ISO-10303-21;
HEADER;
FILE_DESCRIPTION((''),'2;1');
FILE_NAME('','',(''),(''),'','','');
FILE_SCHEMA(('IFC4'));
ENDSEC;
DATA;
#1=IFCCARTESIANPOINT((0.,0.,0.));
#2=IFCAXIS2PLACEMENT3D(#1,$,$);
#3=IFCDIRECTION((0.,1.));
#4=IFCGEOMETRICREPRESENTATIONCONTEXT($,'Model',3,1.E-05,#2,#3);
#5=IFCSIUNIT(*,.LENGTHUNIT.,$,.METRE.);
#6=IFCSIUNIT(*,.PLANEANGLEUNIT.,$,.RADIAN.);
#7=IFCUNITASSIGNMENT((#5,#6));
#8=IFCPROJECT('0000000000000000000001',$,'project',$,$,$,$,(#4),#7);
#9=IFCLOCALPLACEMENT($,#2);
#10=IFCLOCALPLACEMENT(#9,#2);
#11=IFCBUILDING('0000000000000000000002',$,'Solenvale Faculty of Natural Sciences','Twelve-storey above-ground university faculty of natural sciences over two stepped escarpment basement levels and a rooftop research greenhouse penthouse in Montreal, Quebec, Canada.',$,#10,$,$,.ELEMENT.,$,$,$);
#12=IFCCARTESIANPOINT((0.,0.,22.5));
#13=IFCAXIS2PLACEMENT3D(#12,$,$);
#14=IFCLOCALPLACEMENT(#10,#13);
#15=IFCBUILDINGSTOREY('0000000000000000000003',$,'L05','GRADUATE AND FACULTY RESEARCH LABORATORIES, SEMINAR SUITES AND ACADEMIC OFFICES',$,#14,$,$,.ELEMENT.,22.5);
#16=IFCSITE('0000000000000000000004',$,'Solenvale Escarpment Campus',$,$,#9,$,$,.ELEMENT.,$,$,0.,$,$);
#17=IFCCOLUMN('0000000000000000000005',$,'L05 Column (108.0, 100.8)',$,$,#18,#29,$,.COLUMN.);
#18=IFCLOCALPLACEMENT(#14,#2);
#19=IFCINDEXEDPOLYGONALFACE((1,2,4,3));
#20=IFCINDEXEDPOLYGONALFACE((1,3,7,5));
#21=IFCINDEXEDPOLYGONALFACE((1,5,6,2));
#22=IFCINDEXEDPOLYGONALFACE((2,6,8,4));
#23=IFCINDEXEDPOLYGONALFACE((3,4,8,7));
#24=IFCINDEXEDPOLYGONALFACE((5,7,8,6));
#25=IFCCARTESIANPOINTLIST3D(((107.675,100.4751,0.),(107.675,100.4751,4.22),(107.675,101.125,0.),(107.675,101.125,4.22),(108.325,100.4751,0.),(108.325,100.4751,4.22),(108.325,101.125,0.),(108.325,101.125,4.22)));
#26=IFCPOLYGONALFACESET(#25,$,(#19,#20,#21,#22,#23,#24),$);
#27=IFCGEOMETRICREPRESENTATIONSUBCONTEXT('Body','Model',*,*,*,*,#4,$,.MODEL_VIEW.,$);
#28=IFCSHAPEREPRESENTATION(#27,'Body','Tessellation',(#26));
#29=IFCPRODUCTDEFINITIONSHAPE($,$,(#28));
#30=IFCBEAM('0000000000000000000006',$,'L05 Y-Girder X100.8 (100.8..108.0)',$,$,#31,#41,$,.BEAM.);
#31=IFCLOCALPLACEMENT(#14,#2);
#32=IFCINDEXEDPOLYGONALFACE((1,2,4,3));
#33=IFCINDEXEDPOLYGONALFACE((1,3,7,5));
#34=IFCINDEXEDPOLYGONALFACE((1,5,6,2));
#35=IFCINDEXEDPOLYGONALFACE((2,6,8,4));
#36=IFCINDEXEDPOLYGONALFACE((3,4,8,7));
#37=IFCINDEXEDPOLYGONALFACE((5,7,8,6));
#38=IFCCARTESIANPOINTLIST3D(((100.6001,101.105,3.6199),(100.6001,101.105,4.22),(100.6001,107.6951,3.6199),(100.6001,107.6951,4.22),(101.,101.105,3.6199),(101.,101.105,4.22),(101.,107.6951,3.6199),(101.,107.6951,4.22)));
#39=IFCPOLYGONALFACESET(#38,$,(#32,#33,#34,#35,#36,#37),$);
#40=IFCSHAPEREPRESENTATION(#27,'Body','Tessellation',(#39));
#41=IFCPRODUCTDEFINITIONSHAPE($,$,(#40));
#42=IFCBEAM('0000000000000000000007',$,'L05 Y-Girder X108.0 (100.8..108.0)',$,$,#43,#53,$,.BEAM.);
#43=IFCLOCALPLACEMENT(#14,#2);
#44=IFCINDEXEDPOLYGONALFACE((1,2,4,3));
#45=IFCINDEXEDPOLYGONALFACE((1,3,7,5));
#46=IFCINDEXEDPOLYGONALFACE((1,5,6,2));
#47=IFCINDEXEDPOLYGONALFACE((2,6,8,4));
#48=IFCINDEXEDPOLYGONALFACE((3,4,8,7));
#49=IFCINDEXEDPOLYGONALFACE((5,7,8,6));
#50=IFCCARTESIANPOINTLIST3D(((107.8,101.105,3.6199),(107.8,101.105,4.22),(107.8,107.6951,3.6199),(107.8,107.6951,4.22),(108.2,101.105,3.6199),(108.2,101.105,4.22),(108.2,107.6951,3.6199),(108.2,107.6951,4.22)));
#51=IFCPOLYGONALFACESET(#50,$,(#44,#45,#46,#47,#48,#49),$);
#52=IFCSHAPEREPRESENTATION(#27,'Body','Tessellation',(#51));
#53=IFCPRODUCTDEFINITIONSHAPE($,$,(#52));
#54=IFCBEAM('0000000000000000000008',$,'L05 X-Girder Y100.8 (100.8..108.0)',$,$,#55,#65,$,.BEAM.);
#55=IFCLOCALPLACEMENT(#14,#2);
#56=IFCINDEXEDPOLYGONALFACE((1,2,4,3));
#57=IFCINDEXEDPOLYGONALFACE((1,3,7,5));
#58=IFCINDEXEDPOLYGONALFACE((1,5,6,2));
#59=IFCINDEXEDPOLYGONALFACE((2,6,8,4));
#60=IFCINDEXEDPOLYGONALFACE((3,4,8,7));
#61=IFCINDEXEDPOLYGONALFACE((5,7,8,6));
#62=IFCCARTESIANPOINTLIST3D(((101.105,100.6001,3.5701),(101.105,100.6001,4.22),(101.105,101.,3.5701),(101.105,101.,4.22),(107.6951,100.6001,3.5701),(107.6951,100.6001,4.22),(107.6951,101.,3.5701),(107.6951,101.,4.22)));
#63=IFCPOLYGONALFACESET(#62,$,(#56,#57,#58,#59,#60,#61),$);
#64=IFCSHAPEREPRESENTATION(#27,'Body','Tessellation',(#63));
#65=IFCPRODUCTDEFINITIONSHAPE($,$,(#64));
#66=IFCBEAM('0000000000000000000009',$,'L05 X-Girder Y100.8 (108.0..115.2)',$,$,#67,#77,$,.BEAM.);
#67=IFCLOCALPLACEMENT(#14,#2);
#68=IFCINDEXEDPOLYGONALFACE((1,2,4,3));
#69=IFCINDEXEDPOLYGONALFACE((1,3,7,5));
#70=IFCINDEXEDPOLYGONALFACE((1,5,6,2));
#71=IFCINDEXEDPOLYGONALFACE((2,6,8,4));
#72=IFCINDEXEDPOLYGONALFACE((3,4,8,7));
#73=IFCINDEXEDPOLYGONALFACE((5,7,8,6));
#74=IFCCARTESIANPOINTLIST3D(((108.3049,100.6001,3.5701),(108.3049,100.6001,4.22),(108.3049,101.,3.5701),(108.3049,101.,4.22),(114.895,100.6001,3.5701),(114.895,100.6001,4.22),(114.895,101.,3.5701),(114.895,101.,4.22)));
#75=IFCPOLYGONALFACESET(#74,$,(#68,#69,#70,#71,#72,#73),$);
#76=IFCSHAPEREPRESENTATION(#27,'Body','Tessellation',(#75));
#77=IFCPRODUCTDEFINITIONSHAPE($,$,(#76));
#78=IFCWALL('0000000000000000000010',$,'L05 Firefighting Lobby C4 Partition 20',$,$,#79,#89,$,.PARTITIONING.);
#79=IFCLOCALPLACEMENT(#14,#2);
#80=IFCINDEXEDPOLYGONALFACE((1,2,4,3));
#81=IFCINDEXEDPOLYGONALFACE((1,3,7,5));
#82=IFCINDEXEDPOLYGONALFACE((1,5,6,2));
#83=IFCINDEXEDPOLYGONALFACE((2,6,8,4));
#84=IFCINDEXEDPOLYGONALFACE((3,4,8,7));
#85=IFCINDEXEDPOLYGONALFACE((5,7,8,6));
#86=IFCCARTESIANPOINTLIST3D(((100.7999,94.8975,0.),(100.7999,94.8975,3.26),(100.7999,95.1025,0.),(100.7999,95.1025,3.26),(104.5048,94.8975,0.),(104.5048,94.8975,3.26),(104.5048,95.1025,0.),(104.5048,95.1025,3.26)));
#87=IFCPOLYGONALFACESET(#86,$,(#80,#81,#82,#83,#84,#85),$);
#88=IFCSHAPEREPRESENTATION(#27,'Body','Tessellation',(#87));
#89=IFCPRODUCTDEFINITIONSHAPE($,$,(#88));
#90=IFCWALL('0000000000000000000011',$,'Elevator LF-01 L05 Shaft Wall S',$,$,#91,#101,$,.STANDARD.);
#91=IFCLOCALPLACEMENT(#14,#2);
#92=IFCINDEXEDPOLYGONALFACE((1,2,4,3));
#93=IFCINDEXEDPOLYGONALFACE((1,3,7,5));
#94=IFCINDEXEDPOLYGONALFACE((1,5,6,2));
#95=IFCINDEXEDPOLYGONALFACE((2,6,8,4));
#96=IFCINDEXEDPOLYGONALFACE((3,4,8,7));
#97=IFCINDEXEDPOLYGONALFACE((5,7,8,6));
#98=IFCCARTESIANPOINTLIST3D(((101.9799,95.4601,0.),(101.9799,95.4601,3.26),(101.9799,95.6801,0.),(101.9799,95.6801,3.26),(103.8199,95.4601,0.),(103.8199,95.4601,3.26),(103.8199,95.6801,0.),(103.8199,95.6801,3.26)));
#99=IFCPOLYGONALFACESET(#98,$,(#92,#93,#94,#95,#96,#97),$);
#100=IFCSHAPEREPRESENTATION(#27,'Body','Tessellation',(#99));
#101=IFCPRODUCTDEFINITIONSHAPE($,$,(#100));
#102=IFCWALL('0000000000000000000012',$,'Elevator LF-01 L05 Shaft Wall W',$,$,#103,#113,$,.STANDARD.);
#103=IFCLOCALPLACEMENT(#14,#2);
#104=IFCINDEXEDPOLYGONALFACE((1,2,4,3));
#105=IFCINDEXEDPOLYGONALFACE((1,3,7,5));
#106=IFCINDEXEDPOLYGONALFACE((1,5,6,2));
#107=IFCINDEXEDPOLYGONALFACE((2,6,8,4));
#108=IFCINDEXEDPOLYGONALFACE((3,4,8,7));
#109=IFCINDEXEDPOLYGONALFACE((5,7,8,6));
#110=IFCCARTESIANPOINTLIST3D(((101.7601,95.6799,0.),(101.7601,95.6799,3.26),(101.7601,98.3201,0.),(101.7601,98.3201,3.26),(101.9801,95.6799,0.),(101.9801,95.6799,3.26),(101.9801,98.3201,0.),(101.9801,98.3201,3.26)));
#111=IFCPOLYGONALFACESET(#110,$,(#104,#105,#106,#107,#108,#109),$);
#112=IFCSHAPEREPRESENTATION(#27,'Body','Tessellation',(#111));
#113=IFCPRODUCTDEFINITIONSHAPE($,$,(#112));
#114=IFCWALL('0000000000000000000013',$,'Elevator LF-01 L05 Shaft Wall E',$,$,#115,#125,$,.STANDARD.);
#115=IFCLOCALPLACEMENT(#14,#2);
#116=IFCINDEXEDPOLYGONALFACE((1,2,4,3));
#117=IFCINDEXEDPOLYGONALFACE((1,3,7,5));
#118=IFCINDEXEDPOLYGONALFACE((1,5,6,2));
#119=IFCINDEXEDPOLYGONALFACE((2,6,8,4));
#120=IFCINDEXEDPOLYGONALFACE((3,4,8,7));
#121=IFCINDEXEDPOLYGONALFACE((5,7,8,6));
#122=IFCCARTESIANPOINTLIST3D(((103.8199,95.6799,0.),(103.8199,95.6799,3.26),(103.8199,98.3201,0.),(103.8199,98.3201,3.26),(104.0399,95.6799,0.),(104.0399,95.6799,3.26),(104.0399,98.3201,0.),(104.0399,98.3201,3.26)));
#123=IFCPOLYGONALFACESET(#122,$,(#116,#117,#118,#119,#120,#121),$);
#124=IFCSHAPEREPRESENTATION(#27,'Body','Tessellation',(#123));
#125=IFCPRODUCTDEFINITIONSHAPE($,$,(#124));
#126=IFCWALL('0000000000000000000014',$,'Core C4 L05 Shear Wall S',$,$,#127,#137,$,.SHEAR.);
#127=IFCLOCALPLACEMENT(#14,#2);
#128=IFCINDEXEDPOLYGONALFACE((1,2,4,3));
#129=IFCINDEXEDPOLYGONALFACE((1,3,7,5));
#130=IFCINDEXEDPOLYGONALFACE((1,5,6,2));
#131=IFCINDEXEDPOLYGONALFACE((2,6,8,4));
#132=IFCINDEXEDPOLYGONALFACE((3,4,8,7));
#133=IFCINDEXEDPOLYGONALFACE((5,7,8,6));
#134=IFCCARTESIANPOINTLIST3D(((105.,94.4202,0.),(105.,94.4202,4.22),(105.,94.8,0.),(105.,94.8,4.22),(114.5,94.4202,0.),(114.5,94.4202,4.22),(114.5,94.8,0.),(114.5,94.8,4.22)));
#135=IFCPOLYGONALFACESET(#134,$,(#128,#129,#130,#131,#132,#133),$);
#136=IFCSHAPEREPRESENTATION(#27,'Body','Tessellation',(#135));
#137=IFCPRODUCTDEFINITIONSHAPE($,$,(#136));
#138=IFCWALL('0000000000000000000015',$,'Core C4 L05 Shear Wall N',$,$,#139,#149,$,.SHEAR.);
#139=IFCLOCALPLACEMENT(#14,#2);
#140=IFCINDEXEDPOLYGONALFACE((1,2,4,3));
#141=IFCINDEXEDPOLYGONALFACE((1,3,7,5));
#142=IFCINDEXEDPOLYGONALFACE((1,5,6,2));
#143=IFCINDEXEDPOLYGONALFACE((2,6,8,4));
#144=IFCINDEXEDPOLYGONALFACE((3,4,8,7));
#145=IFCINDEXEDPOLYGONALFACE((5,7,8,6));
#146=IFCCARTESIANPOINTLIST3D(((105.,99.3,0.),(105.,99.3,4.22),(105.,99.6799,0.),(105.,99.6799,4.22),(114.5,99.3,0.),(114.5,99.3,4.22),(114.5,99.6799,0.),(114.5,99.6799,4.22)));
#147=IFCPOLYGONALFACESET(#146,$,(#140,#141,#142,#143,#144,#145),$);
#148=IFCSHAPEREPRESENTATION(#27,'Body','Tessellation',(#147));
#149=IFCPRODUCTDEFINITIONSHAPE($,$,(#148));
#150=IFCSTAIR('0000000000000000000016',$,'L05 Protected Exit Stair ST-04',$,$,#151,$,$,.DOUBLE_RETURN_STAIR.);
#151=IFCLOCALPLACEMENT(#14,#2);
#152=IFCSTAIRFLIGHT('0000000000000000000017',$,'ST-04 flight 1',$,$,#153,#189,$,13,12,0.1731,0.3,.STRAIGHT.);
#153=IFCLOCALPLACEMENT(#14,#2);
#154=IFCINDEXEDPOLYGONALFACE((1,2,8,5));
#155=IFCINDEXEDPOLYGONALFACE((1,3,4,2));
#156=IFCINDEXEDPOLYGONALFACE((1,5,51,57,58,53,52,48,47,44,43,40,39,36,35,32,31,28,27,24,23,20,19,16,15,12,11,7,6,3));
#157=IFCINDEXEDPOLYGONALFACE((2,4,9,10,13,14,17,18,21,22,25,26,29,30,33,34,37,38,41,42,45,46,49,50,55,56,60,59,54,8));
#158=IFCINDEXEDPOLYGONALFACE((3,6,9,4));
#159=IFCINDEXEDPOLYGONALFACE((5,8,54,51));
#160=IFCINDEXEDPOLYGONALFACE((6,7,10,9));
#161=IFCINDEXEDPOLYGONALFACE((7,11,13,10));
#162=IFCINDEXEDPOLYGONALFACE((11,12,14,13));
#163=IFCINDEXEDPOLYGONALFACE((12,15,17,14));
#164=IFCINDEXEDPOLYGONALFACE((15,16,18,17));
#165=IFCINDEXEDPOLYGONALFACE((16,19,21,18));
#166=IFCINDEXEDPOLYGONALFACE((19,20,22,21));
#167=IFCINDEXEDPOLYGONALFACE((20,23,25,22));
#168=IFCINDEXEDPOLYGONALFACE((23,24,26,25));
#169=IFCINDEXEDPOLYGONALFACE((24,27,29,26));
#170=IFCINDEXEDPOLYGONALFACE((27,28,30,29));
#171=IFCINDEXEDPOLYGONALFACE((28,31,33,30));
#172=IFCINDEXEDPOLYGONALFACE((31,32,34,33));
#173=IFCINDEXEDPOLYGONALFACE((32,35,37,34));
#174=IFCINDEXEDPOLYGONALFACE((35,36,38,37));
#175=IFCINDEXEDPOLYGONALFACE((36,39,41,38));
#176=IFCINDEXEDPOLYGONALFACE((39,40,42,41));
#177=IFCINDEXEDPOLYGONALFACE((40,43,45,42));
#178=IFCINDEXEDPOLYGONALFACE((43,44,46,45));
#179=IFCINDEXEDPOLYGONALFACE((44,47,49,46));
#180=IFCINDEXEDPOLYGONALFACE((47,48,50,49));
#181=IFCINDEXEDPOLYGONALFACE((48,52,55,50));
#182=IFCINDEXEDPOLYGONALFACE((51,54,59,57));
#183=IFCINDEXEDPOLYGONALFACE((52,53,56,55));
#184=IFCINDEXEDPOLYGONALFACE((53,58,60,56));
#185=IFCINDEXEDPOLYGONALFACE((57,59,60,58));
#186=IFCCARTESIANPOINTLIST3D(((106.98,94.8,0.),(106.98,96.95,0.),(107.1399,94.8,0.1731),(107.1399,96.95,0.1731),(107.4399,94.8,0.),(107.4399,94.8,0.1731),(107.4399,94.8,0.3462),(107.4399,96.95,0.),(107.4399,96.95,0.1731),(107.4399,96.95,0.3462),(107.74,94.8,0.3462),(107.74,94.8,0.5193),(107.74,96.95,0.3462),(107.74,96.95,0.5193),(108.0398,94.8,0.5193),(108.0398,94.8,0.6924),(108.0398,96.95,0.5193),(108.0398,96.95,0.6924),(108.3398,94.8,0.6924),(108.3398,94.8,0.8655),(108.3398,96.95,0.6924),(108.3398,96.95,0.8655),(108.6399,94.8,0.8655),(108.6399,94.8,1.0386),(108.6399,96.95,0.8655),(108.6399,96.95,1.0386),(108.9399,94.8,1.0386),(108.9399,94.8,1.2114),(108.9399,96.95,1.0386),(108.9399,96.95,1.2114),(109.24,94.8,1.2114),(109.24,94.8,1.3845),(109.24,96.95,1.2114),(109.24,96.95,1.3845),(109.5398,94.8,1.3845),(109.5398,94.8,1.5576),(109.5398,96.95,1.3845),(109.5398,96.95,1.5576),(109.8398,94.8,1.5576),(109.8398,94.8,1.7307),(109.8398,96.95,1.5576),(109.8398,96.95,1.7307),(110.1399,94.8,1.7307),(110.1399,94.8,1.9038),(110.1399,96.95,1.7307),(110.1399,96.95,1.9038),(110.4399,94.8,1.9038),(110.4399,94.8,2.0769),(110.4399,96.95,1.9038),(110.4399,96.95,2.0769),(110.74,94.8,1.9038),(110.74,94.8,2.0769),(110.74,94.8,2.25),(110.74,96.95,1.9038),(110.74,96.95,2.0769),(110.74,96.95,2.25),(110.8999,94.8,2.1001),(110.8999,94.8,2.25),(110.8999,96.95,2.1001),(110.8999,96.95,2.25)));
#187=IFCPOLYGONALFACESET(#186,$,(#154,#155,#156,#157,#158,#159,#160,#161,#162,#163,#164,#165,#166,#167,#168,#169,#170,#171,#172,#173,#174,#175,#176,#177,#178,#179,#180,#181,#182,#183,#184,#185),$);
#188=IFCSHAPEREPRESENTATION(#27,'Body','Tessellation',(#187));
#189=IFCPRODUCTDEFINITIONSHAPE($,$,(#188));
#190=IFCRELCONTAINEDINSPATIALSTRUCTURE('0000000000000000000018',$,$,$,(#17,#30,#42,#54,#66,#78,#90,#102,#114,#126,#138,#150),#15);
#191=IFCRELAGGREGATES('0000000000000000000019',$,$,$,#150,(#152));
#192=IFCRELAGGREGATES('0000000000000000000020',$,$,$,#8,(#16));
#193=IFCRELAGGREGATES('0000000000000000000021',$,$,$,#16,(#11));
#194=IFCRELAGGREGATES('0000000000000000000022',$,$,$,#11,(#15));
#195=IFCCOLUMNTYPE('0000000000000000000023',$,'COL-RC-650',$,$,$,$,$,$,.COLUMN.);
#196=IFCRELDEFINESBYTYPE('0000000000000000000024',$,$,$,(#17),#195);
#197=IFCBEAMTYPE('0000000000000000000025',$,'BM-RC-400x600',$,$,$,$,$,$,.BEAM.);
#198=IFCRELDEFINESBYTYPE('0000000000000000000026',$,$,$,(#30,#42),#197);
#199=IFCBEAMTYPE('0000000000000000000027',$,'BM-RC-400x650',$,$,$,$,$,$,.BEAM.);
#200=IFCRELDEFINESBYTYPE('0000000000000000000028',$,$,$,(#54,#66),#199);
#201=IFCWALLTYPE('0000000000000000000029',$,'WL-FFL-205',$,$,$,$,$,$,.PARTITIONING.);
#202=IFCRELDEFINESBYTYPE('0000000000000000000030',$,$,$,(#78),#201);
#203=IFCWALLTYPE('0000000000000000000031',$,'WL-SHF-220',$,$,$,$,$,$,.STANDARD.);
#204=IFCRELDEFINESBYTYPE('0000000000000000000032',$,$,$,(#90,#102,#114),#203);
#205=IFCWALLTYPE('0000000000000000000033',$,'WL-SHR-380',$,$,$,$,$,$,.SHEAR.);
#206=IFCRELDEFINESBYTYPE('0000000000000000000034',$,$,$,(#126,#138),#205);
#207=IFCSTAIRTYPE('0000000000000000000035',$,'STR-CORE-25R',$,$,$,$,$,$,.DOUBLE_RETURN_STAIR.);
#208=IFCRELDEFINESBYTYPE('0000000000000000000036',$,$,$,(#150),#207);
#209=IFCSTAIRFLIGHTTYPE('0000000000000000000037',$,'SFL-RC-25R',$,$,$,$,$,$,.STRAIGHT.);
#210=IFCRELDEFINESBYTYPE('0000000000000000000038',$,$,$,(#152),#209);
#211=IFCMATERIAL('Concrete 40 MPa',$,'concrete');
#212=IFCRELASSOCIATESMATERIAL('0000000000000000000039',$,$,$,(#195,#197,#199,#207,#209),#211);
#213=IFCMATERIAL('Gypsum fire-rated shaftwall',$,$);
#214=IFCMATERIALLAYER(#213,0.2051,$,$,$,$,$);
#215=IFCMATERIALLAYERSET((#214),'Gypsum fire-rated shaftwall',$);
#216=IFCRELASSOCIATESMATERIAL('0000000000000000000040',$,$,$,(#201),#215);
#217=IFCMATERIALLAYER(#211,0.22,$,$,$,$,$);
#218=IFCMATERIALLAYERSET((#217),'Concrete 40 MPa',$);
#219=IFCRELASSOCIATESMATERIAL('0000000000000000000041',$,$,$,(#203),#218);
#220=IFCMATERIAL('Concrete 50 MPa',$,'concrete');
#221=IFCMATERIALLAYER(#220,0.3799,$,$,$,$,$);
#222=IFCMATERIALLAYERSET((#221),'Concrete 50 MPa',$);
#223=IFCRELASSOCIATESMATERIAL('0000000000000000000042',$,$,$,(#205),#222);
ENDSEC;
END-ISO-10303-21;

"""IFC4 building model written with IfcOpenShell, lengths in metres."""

from ifc_helpers import new_model, si_unit, direction, frame, frame_2d, origin, origin_2d, place, context, subcontext, project, spatial, polyline, rectangle, outline, extrude, material, layer, layer_set, material_profile, profile_set, type_object, element, aggregate, save


model = new_model("IFC4")

# Units and contexts
model_context = context("Model", 3, precision=1e-05, world=origin(), true_north=direction((0.0, 1.0)))
body_context = subcontext(model_context, "Body", "Model", "MODEL_VIEW")
ifc_project = project(units=[si_unit("LENGTHUNIT", "METRE"), si_unit("PLANEANGLEUNIT", "RADIAN")], contexts=[model_context])

# Site, building, storey
site_placement = place(None, origin())
site = spatial("IfcSite", under=ifc_project, at=site_placement, Name="Solenvale Escarpment Campus", CompositionType="ELEMENT", RefElevation=0.0)
building_placement = place(site_placement, origin())
building = spatial("IfcBuilding", under=site, at=building_placement, Name="Solenvale Faculty of Natural Sciences", Description="Twelve-storey above-ground university faculty of natural sciences over two stepped escarpment basement levels and a rooftop research greenhouse penthouse in Montreal, Quebec, Canada.", CompositionType="ELEMENT")
storey_placement = place(building_placement, frame((0.0, 0.0, 22.5)))
storey = spatial("IfcBuildingStorey", under=building, at=storey_placement, Name="L05", Description="GRADUATE AND FACULTY RESEARCH LABORATORIES, SEMINAR SUITES AND ACADEMIC OFFICES", CompositionType="ELEMENT", Elevation=22.5)

# Column
ifc_material_1 = material(Name="Concrete 40 MPa", Category="concrete")
ifc_material_profile_1 = material_profile(ifc_material_1, rectangle(XDim=0.6499, YDim=0.6499, at=origin_2d()), Name="RC-COL-650x650")
ifc_profile_set_1 = profile_set([ifc_material_profile_1], Name="Concrete 40 MPa")
column_type = type_object("IfcColumnType", Name="COL-RC-650", PredefinedType="COLUMN", material=ifc_profile_set_1)
column_placement = place(storey_placement, frame((108.0, 100.8, 0.0), z_axis=(0.0, 0.0, 1.0), x_axis=(1.0, 0.0, 0.0)))
element("IfcColumn", 1, at=column_placement, inside=storey, type_object=column_type, Name="L05 Column (108.0, 100.8)", PredefinedType="COLUMN", context=body_context, shape_type="SweptSolid", body=[
    extrude(rectangle(XDim=0.6499, YDim=0.6499, at=origin_2d()), origin(), (0.0, 0.0, 1.0), 4.22),
])

# Beams
ifc_material_profile_2 = material_profile(ifc_material_1, rectangle(XDim=0.3999, YDim=0.6001, at=origin_2d()), Name="RC-BM-400x600")
ifc_profile_set_2 = profile_set([ifc_material_profile_2], Name="Concrete 40 MPa")
beam_type_1 = type_object("IfcBeamType", Name="BM-RC-400x600", PredefinedType="BEAM", material=ifc_profile_set_2)
for number, where, z_axis, x_axis, name in (
    (2, (100.8, 101.105, 3.9199), (0.0, 1.0, 0.0), (-1.0, 0.0, 0.0), "L05 Y-Girder X100.8 (100.8..108.0)"),
    (3, (108.0, 101.105, 3.9199), (0.0, 1.0, 0.0), (-1.0, 0.0, 0.0), "L05 Y-Girder X108.0 (100.8..108.0)"),
):
    element("IfcBeam", number, at=place(storey_placement, frame(where, z_axis=z_axis, x_axis=x_axis)), inside=storey, type_object=beam_type_1, Name=name, PredefinedType="BEAM", context=body_context, shape_type="SweptSolid", body=[
        extrude(rectangle(XDim=0.3999, YDim=0.6001, at=origin_2d()), origin(), (0.0, 0.0, 1.0), 6.5901),
    ])
ifc_material_profile_3 = material_profile(ifc_material_1, rectangle(XDim=0.3999, YDim=0.6499, at=origin_2d()), Name="RC-BM-400x650")
ifc_profile_set_3 = profile_set([ifc_material_profile_3], Name="Concrete 40 MPa")
beam_type_2 = type_object("IfcBeamType", Name="BM-RC-400x650", PredefinedType="BEAM", material=ifc_profile_set_3)
for number, where, z_axis, x_axis, name in (
    (4, (101.105, 100.8, 3.895), (1.0, 0.0, 0.0), (0.0, 1.0, 0.0), "L05 X-Girder Y100.8 (100.8..108.0)"),
    (5, (108.3049, 100.8, 3.895), (1.0, 0.0, 0.0), (0.0, 1.0, 0.0), "L05 X-Girder Y100.8 (108.0..115.2)"),
):
    element("IfcBeam", number, at=place(storey_placement, frame(where, z_axis=z_axis, x_axis=x_axis)), inside=storey, type_object=beam_type_2, Name=name, PredefinedType="BEAM", context=body_context, shape_type="SweptSolid", body=[
        extrude(rectangle(XDim=0.3999, YDim=0.6499, at=origin_2d()), origin(), (0.0, 0.0, 1.0), 6.5901),
    ])

# Walls
ifc_material_2 = material(Name="Gypsum fire-rated shaftwall")
ifc_layer_1 = layer(ifc_material_2, 0.2051)
ifc_layer_set_1 = layer_set([ifc_layer_1], Name="Gypsum fire-rated shaftwall")
wall_type_1 = type_object("IfcWallType", Name="WL-FFL-205", PredefinedType="PARTITIONING", material=ifc_layer_set_1)
wall_1_placement = place(storey_placement, frame((104.5049, 95.0, 0.0), z_axis=(0.0, 0.0, 1.0), x_axis=(-1.0, 0.0, 0.0)))
element("IfcWall", 6, at=wall_1_placement, inside=storey, type_object=wall_type_1, Name="L05 Firefighting Lobby C4 Partition 20", PredefinedType="PARTITIONING", context=body_context, shape_type="SweptSolid", body=[
    extrude(rectangle(XDim=3.7048, YDim=0.2051, at=frame_2d((1.8525, 0.0))), origin(), (0.0, 0.0, 1.0), 3.26),
])
ifc_layer_2 = layer(ifc_material_1, 0.22)
ifc_layer_set_2 = layer_set([ifc_layer_2], Name="Concrete 40 MPa")
wall_type_2 = type_object("IfcWallType", Name="WL-SHF-220", PredefinedType="STANDARD", material=ifc_layer_set_2)
wall_2_placement = place(storey_placement, frame((101.98, 95.5701, 0.0), z_axis=(0.0, 0.0, 1.0), x_axis=(1.0, 0.0, 0.0)))
element("IfcWall", 7, at=wall_2_placement, inside=storey, type_object=wall_type_2, Name="Elevator LF-01 L05 Shaft Wall S", PredefinedType="STANDARD", context=body_context, shape_type="SweptSolid", body=[
    extrude(rectangle(XDim=1.8401, YDim=0.22, at=frame_2d((0.9199, 0.0))), origin(), (0.0, 0.0, 1.0), 3.26),
])

# Walls
for number, where, z_axis, x_axis, name in (
    (8, (101.8701, 95.6799, 0.0), (0.0, 0.0, 1.0), (0.0, 1.0, 0.0), "Elevator LF-01 L05 Shaft Wall W"),
    (9, (103.9299, 95.6799, 0.0), (0.0, 0.0, 1.0), (0.0, 1.0, 0.0), "Elevator LF-01 L05 Shaft Wall E"),
):
    element("IfcWall", number, at=place(storey_placement, frame(where, z_axis=z_axis, x_axis=x_axis)), inside=storey, type_object=wall_type_2, Name=name, PredefinedType="STANDARD", context=body_context, shape_type="SweptSolid", body=[
        extrude(rectangle(XDim=2.6401, YDim=0.22, at=frame_2d((1.3201, 0.0))), origin(), (0.0, 0.0, 1.0), 3.26),
    ])
ifc_material_3 = material(Name="Concrete 50 MPa", Category="concrete")
ifc_layer_3 = layer(ifc_material_3, 0.3799)
ifc_layer_set_3 = layer_set([ifc_layer_3], Name="Concrete 50 MPa")
wall_type_3 = type_object("IfcWallType", Name="WL-SHR-380", PredefinedType="SHEAR", material=ifc_layer_set_3)
for number, where, z_axis, x_axis, name in (
    (10, (105.0, 94.6101, 0.0), (0.0, 0.0, 1.0), (1.0, 0.0, 0.0), "Core C4 L05 Shear Wall S"),
    (11, (105.0, 99.49, 0.0), (0.0, 0.0, 1.0), (1.0, 0.0, 0.0), "Core C4 L05 Shear Wall N"),
):
    element("IfcWall", number, at=place(storey_placement, frame(where, z_axis=z_axis, x_axis=x_axis)), inside=storey, type_object=wall_type_3, Name=name, PredefinedType="SHEAR", context=body_context, shape_type="SweptSolid", body=[
        extrude(rectangle(XDim=9.5, YDim=0.3799, at=frame_2d((4.75, 0.0))), origin(), (0.0, 0.0, 1.0), 4.22),
    ])

# Stair, stair flight
stair_type = type_object("IfcStairType", Name="STR-CORE-25R", PredefinedType="DOUBLE_RETURN_STAIR", material=ifc_material_1)
stair_placement = place(storey_placement, origin())
stair = element("IfcStair", 12, at=stair_placement, inside=storey, type_object=stair_type, Name="L05 Protected Exit Stair ST-04", PredefinedType="DOUBLE_RETURN_STAIR")
stair_flight_type = type_object("IfcStairFlightType", Name="SFL-RC-25R", PredefinedType="STRAIGHT", material=ifc_material_1)
stair_flight_placement = place(storey_placement, frame((107.1399, 95.875, 0.0), z_axis=(0.0, 0.0, 1.0), x_axis=(1.0, 0.0, 0.0)))
stair_flight = element("IfcStairFlight", 13, at=stair_flight_placement, type_object=stair_flight_type, Name="ST-04 flight 1", NumberOfRisers=13, NumberOfTreads=12, PredefinedType="STRAIGHT", RiserHeight=0.1731, TreadLength=0.3, context=body_context, shape_type="SweptSolid", body=[
    extrude(outline(polyline([(-0.1599, 0.0), (0.0, 0.1731), (0.3, 0.1731), (0.3, 0.3462), (0.6001, 0.3462), (0.6001, 0.5193), (0.8999, 0.5193), (0.8999, 0.6924), (1.2, 0.6924), (1.2, 0.8655), (1.5, 0.8655), (1.5, 1.0386), (1.8, 1.0386), (1.8, 1.2114), (2.1001, 1.2114), (2.1001, 1.3845), (2.3999, 1.3845), (2.3999, 1.5576), (2.7, 1.5576), (2.7, 1.7307), (3.0, 1.7307), (3.0, 1.9038), (3.3, 1.9038), (3.3, 2.0769), (3.6001, 2.0769), (3.6001, 2.25), (3.76, 2.25), (3.76, 2.1001), (3.6001, 1.9038), (0.3, 0.0), (-0.1599, 0.0)])), frame((0.0, 1.075, 0.0), z_axis=(0.0, -1.0, 0.0), x_axis=(1.0, 0.0, 0.0)), (0.0, 0.0, 1.0), 2.1499),
])
aggregate(stair, [stair_flight])

save(model, "model.ifc")
